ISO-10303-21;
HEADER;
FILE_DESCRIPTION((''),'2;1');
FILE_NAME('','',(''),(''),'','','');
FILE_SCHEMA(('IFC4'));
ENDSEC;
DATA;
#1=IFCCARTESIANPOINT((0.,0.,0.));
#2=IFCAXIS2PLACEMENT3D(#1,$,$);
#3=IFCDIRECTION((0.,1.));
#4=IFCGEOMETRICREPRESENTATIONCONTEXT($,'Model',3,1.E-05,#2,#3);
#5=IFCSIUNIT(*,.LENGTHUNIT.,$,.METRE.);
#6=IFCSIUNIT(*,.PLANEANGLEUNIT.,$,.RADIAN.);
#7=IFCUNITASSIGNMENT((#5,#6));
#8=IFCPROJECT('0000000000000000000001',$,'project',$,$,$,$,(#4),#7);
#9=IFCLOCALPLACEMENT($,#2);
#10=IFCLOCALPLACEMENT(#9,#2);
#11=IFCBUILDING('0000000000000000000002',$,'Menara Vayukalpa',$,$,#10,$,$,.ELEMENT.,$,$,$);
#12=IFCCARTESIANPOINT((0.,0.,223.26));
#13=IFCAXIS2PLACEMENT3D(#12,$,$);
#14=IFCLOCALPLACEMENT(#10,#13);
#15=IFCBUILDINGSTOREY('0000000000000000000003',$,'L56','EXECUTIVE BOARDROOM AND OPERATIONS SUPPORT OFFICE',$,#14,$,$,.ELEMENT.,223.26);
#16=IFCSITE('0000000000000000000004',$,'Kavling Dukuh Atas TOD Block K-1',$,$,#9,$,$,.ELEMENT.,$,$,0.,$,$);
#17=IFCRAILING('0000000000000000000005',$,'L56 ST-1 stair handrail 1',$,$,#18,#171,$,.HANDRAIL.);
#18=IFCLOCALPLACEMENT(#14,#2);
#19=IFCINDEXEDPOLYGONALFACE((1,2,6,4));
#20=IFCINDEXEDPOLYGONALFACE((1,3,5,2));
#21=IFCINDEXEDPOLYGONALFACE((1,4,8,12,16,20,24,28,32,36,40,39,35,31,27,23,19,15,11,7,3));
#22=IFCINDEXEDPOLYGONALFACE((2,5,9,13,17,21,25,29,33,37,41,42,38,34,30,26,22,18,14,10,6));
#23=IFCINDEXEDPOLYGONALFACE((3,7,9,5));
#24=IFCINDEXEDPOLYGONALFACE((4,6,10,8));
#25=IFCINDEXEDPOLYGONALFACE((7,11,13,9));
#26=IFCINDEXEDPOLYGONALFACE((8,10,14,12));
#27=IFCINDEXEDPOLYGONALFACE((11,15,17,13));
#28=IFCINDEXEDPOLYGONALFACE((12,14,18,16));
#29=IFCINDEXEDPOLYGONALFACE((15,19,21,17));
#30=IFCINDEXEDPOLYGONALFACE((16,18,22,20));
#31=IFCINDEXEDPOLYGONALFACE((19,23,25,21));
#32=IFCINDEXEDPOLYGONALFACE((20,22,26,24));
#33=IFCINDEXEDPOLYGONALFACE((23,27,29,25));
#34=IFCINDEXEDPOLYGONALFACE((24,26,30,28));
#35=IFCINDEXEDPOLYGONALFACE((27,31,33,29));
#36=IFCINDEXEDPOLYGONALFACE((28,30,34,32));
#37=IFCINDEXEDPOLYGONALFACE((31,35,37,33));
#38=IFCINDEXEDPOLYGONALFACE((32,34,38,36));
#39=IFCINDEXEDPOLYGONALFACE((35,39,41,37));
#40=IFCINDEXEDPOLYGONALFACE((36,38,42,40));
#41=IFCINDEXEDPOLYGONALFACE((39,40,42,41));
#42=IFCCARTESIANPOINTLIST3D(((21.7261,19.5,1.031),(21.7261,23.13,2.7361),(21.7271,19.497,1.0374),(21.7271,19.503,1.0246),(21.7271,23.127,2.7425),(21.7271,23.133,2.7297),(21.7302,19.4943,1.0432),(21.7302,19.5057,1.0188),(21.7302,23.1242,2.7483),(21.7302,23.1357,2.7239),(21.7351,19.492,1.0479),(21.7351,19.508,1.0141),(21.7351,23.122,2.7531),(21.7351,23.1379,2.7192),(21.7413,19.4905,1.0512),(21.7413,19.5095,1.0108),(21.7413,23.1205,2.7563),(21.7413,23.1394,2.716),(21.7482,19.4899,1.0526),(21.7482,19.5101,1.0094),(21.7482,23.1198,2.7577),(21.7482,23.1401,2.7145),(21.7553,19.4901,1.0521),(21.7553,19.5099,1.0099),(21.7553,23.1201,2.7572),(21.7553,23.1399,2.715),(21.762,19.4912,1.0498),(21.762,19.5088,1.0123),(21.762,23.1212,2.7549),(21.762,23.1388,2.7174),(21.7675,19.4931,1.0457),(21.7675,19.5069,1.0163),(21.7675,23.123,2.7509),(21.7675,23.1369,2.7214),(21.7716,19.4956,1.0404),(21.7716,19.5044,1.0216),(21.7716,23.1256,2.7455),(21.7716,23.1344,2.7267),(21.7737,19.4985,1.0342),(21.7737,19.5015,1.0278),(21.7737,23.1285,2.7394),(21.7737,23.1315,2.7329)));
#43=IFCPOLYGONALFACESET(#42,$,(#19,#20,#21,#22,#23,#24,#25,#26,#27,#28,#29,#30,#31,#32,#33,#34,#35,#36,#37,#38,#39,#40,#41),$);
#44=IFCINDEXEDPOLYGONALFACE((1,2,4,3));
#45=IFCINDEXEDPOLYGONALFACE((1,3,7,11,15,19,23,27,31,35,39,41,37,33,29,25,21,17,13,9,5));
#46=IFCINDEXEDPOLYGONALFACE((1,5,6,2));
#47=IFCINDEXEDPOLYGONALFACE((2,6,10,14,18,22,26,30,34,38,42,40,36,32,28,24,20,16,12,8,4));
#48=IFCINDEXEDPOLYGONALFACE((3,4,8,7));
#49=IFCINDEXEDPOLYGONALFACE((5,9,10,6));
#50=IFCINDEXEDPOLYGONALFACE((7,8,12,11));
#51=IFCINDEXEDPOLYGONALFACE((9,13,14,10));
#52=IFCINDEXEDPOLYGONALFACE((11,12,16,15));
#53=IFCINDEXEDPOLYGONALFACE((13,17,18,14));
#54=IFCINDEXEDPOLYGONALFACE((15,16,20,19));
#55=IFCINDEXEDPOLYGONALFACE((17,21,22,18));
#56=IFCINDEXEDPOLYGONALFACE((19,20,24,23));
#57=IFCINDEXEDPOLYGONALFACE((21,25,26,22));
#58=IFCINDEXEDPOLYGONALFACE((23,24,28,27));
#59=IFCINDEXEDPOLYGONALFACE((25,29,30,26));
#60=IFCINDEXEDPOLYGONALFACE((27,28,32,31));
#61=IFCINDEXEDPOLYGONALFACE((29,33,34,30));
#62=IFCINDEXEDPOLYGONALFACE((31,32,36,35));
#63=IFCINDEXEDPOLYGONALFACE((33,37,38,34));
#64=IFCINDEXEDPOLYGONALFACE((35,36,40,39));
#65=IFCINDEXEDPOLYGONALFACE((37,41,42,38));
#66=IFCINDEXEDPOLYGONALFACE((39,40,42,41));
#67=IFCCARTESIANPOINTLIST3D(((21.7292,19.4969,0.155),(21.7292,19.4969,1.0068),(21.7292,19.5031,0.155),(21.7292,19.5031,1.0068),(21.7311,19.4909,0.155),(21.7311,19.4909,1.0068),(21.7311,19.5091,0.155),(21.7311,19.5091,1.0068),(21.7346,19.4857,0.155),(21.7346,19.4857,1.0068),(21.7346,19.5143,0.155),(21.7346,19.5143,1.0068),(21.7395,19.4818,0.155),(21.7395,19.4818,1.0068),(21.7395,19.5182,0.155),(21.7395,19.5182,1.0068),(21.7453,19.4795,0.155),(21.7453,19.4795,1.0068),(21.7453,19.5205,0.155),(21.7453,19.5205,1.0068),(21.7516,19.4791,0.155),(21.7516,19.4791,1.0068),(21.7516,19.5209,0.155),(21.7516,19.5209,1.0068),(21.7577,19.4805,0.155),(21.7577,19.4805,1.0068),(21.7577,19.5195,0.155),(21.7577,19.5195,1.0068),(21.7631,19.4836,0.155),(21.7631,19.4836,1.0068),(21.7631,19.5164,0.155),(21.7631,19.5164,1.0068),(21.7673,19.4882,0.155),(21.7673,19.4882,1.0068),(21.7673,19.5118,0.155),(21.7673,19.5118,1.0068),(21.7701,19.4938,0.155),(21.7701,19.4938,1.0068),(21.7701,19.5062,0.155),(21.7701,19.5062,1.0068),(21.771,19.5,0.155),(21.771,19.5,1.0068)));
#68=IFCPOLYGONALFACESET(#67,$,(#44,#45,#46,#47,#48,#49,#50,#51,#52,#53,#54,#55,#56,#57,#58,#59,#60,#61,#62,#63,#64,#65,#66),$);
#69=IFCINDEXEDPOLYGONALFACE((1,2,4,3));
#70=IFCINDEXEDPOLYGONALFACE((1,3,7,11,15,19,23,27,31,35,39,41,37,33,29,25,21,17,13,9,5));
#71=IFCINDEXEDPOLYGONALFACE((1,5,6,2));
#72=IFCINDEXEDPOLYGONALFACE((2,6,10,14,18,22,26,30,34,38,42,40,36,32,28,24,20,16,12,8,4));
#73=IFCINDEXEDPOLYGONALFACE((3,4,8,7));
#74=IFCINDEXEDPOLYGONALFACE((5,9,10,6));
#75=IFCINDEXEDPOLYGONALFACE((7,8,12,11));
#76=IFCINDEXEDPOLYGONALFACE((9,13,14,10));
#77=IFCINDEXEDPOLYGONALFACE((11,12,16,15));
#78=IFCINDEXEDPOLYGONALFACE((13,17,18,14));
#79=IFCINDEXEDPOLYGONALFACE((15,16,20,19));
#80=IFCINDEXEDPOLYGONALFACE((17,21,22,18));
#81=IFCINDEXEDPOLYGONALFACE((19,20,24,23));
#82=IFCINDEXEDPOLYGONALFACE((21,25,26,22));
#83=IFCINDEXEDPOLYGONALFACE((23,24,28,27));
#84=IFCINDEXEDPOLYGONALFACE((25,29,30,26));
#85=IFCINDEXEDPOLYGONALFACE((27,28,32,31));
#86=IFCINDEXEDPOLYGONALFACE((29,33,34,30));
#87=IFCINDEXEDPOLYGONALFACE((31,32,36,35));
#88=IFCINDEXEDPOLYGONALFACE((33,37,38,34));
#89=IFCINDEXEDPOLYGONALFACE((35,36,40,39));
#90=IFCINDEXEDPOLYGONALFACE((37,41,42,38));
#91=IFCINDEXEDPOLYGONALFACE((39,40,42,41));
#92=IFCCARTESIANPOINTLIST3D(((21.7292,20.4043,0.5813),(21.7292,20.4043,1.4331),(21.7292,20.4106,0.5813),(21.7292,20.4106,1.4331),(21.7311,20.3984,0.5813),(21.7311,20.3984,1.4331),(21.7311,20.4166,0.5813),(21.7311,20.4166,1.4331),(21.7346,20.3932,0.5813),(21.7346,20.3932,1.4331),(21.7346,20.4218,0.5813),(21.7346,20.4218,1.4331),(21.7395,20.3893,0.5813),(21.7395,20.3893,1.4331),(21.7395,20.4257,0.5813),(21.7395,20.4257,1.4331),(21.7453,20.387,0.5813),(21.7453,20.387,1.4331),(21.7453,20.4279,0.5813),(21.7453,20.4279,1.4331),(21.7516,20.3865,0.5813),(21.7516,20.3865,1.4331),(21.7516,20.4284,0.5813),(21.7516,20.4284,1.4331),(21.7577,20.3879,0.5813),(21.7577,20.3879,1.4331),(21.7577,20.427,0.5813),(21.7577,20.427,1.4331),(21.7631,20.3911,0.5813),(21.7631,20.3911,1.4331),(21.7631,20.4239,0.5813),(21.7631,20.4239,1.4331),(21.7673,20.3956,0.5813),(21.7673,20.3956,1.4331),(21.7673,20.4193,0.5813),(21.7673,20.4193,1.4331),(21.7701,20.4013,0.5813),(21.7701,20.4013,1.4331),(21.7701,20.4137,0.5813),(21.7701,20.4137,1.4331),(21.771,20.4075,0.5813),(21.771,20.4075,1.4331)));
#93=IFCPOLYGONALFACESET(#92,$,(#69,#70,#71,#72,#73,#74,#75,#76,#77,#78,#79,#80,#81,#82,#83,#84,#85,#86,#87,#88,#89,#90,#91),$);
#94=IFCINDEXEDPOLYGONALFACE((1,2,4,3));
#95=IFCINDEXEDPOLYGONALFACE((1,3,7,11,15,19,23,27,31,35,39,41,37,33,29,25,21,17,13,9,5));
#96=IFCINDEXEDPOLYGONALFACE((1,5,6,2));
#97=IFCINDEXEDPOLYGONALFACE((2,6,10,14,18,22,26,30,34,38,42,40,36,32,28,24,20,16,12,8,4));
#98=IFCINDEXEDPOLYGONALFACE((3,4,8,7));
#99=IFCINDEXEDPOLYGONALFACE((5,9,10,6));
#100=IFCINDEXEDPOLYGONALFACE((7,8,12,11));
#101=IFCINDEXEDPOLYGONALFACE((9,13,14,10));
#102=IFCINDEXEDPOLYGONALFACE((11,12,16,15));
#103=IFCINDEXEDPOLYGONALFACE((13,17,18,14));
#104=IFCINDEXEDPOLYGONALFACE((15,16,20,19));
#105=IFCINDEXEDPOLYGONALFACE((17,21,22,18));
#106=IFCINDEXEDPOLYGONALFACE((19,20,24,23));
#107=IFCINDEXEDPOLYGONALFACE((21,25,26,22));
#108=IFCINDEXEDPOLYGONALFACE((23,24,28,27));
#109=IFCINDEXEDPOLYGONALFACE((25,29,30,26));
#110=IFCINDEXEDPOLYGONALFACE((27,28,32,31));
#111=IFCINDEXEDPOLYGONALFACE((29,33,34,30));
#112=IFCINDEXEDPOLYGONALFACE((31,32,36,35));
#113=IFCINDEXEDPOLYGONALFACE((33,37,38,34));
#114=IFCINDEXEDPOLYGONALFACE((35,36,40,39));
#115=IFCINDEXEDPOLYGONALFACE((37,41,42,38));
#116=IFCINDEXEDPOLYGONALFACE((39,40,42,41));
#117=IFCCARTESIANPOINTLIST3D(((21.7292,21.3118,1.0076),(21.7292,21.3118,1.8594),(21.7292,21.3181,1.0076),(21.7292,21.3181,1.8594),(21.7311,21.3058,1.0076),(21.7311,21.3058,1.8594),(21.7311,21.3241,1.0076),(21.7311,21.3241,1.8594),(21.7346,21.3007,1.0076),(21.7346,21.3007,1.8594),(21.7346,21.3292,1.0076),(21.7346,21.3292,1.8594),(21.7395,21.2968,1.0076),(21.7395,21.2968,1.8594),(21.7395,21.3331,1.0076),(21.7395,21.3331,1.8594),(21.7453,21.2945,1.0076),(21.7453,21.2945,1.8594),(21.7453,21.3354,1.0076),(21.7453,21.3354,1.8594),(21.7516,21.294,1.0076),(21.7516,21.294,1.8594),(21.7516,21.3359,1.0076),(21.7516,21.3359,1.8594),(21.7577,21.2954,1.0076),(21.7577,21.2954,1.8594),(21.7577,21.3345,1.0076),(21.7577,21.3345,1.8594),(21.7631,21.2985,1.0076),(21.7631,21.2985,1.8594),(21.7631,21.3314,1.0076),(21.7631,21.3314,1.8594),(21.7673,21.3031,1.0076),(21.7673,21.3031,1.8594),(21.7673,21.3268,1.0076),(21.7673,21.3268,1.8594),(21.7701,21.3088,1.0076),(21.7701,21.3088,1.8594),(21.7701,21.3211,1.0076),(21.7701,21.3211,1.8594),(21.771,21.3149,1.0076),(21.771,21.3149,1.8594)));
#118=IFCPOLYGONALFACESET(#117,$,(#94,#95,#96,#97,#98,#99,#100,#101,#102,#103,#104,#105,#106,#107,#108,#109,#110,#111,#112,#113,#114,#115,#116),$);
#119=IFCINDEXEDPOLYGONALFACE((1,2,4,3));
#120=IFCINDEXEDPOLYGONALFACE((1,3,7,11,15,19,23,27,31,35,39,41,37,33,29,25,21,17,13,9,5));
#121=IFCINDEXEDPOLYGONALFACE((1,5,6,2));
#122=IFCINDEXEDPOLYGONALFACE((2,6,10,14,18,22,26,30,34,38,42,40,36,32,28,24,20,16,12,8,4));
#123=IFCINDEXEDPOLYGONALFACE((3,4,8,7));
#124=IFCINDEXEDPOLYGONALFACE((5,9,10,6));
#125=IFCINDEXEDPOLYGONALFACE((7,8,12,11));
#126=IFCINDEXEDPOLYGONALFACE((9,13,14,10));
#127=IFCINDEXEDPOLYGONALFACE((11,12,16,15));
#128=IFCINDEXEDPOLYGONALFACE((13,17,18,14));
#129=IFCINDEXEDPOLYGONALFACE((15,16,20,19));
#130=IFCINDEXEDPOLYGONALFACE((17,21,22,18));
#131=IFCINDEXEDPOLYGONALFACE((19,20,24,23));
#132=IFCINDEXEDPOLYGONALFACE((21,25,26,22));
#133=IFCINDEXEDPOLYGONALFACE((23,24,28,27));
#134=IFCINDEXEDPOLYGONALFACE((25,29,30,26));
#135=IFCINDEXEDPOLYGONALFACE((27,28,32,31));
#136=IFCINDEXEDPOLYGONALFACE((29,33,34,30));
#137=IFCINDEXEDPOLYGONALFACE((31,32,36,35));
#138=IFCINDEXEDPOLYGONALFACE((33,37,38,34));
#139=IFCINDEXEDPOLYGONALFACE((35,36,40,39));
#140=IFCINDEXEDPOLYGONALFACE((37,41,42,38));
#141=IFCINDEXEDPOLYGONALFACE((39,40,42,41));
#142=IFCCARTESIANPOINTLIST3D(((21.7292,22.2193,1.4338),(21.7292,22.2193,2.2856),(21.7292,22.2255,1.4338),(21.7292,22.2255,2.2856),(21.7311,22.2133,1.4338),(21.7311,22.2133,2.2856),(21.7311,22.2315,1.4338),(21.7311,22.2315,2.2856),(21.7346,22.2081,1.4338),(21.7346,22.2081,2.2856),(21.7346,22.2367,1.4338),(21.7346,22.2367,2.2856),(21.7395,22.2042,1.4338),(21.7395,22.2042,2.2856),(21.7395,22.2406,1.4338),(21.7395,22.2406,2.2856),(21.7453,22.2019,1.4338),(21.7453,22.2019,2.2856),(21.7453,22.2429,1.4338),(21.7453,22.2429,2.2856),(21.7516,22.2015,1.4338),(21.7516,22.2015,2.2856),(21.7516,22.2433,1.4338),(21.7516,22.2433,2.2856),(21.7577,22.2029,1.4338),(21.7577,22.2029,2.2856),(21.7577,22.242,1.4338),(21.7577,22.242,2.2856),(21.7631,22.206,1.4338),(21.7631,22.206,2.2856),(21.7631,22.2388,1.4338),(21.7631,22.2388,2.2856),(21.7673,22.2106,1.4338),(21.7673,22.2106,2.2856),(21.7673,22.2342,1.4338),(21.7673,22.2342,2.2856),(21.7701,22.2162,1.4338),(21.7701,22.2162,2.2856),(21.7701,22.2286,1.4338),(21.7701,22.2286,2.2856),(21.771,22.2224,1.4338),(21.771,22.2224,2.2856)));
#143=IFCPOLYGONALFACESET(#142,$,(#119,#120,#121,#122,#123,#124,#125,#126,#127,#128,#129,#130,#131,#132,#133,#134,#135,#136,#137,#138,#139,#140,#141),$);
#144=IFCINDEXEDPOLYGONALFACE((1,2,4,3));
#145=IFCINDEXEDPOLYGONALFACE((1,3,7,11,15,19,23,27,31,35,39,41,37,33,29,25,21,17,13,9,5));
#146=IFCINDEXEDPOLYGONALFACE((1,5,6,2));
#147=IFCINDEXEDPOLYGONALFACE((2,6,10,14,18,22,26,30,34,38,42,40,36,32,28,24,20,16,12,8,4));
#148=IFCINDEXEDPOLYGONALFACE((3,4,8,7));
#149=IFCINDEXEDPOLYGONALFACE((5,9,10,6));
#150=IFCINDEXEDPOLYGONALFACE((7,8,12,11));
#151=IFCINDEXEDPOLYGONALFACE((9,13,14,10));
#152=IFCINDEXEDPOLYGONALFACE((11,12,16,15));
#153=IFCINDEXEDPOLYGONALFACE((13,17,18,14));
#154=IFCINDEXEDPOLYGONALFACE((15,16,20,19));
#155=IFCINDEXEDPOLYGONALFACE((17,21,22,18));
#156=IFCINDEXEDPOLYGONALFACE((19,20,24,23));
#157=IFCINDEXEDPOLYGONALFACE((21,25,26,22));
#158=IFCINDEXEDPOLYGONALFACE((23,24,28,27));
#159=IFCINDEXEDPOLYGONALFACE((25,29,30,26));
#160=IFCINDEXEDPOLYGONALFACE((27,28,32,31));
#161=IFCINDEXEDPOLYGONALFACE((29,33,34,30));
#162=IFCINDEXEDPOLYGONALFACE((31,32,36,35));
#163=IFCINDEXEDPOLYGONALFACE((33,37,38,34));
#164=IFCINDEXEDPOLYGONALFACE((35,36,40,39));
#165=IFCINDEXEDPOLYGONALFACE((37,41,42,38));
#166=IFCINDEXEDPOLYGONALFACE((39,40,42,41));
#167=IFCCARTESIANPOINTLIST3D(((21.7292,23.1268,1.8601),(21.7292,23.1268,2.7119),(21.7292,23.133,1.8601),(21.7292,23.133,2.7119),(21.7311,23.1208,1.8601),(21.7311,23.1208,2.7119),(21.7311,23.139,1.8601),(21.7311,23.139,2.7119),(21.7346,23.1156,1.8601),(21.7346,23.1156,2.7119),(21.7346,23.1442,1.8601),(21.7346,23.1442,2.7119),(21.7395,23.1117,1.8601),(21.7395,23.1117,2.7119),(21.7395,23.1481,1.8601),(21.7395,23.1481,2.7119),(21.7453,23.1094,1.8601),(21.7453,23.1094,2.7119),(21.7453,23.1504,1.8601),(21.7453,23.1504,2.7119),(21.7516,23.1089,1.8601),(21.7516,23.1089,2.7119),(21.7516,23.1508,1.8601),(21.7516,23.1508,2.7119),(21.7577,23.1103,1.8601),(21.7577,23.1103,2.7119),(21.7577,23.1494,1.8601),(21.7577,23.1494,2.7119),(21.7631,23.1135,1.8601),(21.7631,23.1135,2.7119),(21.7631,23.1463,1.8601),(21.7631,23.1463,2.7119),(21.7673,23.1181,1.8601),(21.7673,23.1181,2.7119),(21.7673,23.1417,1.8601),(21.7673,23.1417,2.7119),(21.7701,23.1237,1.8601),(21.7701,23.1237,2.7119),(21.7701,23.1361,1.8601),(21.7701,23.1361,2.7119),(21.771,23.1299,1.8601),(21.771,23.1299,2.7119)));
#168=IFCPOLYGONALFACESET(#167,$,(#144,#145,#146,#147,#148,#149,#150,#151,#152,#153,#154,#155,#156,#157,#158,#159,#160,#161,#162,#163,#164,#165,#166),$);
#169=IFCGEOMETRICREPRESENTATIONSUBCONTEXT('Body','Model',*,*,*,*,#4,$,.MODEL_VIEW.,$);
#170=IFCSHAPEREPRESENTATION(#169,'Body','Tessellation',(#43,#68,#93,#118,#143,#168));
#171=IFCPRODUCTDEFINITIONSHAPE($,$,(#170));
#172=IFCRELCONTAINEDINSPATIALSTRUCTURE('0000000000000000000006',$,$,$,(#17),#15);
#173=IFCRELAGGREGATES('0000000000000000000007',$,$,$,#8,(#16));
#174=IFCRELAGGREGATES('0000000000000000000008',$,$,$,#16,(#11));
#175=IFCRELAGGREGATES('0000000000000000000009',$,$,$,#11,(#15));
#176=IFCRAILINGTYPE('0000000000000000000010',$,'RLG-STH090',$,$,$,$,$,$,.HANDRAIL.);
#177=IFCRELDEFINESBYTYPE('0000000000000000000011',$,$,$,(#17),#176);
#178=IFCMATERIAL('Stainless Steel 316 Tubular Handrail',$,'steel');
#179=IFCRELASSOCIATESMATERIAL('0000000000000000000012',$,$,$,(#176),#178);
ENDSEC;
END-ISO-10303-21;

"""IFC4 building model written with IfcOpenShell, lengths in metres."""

from ifc_helpers import new_model, si_unit, direction, frame, origin, origin_2d, place, context, subcontext, project, spatial, circle, extrude, material, type_object, element, save


model = new_model("IFC4")

# Units and contexts
model_context = context("Model", 3, precision=1e-05, world=origin(), true_north=direction((0.0, 1.0)))
body_context = subcontext(model_context, "Body", "Model", "MODEL_VIEW")
ifc_project = project(units=[si_unit("LENGTHUNIT", "METRE"), si_unit("PLANEANGLEUNIT", "RADIAN")], contexts=[model_context])

# Site, building, storey
site_placement = place(None, origin())
site = spatial("IfcSite", under=ifc_project, at=site_placement, Name="Kavling Dukuh Atas TOD Block K-1", CompositionType="ELEMENT", RefElevation=0.0)
building_placement = place(site_placement, origin())
building = spatial("IfcBuilding", under=site, at=building_placement, Name="Menara Vayukalpa", CompositionType="ELEMENT")
storey_placement = place(building_placement, frame((0.0, 0.0, 223.26)))
storey = spatial("IfcBuildingStorey", under=building, at=storey_placement, Name="L56", Description="EXECUTIVE BOARDROOM AND OPERATIONS SUPPORT OFFICE", CompositionType="ELEMENT", Elevation=223.26)

# Railing
ifc_material_1 = material(Name="Stainless Steel 316 Tubular Handrail", Category="steel")
railing_type_1 = type_object("IfcRailingType", Name="RLG-STH090", PredefinedType="HANDRAIL", material=ifc_material_1)
railing_1_placement = place(storey_placement, frame((21.75, 19.5, 0.155)))
element("IfcRailing", 1, at=railing_1_placement, inside=storey, type_object=railing_type_1, Name="L56 ST-1 stair handrail 1", PredefinedType="HANDRAIL", context=body_context, shape_type="SweptSolid", body=[
    extrude(circle(Radius=0.0239, at=origin_2d()), frame((0.0, 0.0, 0.876), z_axis=(0.0, 0.905116, 0.425164), x_axis=(-1.0, 0.0, 0.0)), (0.0, 0.0, 1.0), 4.0105),
    extrude(circle(Radius=0.021, at=origin_2d()), origin(), (0.0, 0.0, 1.0), 0.8518),
    extrude(circle(Radius=0.021, at=origin_2d()), frame((0.0, 0.9075, 0.4263)), (0.0, 0.0, 1.0), 0.8518),
    extrude(circle(Radius=0.021, at=origin_2d()), frame((0.0, 1.8149, 0.8525)), (0.0, 0.0, 1.0), 0.8518),
    extrude(circle(Radius=0.021, at=origin_2d()), frame((0.0, 2.7224, 1.2788)), (0.0, 0.0, 1.0), 0.8518),
    extrude(circle(Radius=0.021, at=origin_2d()), frame((0.0, 3.6299, 1.7051)), (0.0, 0.0, 1.0), 0.8518),
])

save(model, "model.ifc")
